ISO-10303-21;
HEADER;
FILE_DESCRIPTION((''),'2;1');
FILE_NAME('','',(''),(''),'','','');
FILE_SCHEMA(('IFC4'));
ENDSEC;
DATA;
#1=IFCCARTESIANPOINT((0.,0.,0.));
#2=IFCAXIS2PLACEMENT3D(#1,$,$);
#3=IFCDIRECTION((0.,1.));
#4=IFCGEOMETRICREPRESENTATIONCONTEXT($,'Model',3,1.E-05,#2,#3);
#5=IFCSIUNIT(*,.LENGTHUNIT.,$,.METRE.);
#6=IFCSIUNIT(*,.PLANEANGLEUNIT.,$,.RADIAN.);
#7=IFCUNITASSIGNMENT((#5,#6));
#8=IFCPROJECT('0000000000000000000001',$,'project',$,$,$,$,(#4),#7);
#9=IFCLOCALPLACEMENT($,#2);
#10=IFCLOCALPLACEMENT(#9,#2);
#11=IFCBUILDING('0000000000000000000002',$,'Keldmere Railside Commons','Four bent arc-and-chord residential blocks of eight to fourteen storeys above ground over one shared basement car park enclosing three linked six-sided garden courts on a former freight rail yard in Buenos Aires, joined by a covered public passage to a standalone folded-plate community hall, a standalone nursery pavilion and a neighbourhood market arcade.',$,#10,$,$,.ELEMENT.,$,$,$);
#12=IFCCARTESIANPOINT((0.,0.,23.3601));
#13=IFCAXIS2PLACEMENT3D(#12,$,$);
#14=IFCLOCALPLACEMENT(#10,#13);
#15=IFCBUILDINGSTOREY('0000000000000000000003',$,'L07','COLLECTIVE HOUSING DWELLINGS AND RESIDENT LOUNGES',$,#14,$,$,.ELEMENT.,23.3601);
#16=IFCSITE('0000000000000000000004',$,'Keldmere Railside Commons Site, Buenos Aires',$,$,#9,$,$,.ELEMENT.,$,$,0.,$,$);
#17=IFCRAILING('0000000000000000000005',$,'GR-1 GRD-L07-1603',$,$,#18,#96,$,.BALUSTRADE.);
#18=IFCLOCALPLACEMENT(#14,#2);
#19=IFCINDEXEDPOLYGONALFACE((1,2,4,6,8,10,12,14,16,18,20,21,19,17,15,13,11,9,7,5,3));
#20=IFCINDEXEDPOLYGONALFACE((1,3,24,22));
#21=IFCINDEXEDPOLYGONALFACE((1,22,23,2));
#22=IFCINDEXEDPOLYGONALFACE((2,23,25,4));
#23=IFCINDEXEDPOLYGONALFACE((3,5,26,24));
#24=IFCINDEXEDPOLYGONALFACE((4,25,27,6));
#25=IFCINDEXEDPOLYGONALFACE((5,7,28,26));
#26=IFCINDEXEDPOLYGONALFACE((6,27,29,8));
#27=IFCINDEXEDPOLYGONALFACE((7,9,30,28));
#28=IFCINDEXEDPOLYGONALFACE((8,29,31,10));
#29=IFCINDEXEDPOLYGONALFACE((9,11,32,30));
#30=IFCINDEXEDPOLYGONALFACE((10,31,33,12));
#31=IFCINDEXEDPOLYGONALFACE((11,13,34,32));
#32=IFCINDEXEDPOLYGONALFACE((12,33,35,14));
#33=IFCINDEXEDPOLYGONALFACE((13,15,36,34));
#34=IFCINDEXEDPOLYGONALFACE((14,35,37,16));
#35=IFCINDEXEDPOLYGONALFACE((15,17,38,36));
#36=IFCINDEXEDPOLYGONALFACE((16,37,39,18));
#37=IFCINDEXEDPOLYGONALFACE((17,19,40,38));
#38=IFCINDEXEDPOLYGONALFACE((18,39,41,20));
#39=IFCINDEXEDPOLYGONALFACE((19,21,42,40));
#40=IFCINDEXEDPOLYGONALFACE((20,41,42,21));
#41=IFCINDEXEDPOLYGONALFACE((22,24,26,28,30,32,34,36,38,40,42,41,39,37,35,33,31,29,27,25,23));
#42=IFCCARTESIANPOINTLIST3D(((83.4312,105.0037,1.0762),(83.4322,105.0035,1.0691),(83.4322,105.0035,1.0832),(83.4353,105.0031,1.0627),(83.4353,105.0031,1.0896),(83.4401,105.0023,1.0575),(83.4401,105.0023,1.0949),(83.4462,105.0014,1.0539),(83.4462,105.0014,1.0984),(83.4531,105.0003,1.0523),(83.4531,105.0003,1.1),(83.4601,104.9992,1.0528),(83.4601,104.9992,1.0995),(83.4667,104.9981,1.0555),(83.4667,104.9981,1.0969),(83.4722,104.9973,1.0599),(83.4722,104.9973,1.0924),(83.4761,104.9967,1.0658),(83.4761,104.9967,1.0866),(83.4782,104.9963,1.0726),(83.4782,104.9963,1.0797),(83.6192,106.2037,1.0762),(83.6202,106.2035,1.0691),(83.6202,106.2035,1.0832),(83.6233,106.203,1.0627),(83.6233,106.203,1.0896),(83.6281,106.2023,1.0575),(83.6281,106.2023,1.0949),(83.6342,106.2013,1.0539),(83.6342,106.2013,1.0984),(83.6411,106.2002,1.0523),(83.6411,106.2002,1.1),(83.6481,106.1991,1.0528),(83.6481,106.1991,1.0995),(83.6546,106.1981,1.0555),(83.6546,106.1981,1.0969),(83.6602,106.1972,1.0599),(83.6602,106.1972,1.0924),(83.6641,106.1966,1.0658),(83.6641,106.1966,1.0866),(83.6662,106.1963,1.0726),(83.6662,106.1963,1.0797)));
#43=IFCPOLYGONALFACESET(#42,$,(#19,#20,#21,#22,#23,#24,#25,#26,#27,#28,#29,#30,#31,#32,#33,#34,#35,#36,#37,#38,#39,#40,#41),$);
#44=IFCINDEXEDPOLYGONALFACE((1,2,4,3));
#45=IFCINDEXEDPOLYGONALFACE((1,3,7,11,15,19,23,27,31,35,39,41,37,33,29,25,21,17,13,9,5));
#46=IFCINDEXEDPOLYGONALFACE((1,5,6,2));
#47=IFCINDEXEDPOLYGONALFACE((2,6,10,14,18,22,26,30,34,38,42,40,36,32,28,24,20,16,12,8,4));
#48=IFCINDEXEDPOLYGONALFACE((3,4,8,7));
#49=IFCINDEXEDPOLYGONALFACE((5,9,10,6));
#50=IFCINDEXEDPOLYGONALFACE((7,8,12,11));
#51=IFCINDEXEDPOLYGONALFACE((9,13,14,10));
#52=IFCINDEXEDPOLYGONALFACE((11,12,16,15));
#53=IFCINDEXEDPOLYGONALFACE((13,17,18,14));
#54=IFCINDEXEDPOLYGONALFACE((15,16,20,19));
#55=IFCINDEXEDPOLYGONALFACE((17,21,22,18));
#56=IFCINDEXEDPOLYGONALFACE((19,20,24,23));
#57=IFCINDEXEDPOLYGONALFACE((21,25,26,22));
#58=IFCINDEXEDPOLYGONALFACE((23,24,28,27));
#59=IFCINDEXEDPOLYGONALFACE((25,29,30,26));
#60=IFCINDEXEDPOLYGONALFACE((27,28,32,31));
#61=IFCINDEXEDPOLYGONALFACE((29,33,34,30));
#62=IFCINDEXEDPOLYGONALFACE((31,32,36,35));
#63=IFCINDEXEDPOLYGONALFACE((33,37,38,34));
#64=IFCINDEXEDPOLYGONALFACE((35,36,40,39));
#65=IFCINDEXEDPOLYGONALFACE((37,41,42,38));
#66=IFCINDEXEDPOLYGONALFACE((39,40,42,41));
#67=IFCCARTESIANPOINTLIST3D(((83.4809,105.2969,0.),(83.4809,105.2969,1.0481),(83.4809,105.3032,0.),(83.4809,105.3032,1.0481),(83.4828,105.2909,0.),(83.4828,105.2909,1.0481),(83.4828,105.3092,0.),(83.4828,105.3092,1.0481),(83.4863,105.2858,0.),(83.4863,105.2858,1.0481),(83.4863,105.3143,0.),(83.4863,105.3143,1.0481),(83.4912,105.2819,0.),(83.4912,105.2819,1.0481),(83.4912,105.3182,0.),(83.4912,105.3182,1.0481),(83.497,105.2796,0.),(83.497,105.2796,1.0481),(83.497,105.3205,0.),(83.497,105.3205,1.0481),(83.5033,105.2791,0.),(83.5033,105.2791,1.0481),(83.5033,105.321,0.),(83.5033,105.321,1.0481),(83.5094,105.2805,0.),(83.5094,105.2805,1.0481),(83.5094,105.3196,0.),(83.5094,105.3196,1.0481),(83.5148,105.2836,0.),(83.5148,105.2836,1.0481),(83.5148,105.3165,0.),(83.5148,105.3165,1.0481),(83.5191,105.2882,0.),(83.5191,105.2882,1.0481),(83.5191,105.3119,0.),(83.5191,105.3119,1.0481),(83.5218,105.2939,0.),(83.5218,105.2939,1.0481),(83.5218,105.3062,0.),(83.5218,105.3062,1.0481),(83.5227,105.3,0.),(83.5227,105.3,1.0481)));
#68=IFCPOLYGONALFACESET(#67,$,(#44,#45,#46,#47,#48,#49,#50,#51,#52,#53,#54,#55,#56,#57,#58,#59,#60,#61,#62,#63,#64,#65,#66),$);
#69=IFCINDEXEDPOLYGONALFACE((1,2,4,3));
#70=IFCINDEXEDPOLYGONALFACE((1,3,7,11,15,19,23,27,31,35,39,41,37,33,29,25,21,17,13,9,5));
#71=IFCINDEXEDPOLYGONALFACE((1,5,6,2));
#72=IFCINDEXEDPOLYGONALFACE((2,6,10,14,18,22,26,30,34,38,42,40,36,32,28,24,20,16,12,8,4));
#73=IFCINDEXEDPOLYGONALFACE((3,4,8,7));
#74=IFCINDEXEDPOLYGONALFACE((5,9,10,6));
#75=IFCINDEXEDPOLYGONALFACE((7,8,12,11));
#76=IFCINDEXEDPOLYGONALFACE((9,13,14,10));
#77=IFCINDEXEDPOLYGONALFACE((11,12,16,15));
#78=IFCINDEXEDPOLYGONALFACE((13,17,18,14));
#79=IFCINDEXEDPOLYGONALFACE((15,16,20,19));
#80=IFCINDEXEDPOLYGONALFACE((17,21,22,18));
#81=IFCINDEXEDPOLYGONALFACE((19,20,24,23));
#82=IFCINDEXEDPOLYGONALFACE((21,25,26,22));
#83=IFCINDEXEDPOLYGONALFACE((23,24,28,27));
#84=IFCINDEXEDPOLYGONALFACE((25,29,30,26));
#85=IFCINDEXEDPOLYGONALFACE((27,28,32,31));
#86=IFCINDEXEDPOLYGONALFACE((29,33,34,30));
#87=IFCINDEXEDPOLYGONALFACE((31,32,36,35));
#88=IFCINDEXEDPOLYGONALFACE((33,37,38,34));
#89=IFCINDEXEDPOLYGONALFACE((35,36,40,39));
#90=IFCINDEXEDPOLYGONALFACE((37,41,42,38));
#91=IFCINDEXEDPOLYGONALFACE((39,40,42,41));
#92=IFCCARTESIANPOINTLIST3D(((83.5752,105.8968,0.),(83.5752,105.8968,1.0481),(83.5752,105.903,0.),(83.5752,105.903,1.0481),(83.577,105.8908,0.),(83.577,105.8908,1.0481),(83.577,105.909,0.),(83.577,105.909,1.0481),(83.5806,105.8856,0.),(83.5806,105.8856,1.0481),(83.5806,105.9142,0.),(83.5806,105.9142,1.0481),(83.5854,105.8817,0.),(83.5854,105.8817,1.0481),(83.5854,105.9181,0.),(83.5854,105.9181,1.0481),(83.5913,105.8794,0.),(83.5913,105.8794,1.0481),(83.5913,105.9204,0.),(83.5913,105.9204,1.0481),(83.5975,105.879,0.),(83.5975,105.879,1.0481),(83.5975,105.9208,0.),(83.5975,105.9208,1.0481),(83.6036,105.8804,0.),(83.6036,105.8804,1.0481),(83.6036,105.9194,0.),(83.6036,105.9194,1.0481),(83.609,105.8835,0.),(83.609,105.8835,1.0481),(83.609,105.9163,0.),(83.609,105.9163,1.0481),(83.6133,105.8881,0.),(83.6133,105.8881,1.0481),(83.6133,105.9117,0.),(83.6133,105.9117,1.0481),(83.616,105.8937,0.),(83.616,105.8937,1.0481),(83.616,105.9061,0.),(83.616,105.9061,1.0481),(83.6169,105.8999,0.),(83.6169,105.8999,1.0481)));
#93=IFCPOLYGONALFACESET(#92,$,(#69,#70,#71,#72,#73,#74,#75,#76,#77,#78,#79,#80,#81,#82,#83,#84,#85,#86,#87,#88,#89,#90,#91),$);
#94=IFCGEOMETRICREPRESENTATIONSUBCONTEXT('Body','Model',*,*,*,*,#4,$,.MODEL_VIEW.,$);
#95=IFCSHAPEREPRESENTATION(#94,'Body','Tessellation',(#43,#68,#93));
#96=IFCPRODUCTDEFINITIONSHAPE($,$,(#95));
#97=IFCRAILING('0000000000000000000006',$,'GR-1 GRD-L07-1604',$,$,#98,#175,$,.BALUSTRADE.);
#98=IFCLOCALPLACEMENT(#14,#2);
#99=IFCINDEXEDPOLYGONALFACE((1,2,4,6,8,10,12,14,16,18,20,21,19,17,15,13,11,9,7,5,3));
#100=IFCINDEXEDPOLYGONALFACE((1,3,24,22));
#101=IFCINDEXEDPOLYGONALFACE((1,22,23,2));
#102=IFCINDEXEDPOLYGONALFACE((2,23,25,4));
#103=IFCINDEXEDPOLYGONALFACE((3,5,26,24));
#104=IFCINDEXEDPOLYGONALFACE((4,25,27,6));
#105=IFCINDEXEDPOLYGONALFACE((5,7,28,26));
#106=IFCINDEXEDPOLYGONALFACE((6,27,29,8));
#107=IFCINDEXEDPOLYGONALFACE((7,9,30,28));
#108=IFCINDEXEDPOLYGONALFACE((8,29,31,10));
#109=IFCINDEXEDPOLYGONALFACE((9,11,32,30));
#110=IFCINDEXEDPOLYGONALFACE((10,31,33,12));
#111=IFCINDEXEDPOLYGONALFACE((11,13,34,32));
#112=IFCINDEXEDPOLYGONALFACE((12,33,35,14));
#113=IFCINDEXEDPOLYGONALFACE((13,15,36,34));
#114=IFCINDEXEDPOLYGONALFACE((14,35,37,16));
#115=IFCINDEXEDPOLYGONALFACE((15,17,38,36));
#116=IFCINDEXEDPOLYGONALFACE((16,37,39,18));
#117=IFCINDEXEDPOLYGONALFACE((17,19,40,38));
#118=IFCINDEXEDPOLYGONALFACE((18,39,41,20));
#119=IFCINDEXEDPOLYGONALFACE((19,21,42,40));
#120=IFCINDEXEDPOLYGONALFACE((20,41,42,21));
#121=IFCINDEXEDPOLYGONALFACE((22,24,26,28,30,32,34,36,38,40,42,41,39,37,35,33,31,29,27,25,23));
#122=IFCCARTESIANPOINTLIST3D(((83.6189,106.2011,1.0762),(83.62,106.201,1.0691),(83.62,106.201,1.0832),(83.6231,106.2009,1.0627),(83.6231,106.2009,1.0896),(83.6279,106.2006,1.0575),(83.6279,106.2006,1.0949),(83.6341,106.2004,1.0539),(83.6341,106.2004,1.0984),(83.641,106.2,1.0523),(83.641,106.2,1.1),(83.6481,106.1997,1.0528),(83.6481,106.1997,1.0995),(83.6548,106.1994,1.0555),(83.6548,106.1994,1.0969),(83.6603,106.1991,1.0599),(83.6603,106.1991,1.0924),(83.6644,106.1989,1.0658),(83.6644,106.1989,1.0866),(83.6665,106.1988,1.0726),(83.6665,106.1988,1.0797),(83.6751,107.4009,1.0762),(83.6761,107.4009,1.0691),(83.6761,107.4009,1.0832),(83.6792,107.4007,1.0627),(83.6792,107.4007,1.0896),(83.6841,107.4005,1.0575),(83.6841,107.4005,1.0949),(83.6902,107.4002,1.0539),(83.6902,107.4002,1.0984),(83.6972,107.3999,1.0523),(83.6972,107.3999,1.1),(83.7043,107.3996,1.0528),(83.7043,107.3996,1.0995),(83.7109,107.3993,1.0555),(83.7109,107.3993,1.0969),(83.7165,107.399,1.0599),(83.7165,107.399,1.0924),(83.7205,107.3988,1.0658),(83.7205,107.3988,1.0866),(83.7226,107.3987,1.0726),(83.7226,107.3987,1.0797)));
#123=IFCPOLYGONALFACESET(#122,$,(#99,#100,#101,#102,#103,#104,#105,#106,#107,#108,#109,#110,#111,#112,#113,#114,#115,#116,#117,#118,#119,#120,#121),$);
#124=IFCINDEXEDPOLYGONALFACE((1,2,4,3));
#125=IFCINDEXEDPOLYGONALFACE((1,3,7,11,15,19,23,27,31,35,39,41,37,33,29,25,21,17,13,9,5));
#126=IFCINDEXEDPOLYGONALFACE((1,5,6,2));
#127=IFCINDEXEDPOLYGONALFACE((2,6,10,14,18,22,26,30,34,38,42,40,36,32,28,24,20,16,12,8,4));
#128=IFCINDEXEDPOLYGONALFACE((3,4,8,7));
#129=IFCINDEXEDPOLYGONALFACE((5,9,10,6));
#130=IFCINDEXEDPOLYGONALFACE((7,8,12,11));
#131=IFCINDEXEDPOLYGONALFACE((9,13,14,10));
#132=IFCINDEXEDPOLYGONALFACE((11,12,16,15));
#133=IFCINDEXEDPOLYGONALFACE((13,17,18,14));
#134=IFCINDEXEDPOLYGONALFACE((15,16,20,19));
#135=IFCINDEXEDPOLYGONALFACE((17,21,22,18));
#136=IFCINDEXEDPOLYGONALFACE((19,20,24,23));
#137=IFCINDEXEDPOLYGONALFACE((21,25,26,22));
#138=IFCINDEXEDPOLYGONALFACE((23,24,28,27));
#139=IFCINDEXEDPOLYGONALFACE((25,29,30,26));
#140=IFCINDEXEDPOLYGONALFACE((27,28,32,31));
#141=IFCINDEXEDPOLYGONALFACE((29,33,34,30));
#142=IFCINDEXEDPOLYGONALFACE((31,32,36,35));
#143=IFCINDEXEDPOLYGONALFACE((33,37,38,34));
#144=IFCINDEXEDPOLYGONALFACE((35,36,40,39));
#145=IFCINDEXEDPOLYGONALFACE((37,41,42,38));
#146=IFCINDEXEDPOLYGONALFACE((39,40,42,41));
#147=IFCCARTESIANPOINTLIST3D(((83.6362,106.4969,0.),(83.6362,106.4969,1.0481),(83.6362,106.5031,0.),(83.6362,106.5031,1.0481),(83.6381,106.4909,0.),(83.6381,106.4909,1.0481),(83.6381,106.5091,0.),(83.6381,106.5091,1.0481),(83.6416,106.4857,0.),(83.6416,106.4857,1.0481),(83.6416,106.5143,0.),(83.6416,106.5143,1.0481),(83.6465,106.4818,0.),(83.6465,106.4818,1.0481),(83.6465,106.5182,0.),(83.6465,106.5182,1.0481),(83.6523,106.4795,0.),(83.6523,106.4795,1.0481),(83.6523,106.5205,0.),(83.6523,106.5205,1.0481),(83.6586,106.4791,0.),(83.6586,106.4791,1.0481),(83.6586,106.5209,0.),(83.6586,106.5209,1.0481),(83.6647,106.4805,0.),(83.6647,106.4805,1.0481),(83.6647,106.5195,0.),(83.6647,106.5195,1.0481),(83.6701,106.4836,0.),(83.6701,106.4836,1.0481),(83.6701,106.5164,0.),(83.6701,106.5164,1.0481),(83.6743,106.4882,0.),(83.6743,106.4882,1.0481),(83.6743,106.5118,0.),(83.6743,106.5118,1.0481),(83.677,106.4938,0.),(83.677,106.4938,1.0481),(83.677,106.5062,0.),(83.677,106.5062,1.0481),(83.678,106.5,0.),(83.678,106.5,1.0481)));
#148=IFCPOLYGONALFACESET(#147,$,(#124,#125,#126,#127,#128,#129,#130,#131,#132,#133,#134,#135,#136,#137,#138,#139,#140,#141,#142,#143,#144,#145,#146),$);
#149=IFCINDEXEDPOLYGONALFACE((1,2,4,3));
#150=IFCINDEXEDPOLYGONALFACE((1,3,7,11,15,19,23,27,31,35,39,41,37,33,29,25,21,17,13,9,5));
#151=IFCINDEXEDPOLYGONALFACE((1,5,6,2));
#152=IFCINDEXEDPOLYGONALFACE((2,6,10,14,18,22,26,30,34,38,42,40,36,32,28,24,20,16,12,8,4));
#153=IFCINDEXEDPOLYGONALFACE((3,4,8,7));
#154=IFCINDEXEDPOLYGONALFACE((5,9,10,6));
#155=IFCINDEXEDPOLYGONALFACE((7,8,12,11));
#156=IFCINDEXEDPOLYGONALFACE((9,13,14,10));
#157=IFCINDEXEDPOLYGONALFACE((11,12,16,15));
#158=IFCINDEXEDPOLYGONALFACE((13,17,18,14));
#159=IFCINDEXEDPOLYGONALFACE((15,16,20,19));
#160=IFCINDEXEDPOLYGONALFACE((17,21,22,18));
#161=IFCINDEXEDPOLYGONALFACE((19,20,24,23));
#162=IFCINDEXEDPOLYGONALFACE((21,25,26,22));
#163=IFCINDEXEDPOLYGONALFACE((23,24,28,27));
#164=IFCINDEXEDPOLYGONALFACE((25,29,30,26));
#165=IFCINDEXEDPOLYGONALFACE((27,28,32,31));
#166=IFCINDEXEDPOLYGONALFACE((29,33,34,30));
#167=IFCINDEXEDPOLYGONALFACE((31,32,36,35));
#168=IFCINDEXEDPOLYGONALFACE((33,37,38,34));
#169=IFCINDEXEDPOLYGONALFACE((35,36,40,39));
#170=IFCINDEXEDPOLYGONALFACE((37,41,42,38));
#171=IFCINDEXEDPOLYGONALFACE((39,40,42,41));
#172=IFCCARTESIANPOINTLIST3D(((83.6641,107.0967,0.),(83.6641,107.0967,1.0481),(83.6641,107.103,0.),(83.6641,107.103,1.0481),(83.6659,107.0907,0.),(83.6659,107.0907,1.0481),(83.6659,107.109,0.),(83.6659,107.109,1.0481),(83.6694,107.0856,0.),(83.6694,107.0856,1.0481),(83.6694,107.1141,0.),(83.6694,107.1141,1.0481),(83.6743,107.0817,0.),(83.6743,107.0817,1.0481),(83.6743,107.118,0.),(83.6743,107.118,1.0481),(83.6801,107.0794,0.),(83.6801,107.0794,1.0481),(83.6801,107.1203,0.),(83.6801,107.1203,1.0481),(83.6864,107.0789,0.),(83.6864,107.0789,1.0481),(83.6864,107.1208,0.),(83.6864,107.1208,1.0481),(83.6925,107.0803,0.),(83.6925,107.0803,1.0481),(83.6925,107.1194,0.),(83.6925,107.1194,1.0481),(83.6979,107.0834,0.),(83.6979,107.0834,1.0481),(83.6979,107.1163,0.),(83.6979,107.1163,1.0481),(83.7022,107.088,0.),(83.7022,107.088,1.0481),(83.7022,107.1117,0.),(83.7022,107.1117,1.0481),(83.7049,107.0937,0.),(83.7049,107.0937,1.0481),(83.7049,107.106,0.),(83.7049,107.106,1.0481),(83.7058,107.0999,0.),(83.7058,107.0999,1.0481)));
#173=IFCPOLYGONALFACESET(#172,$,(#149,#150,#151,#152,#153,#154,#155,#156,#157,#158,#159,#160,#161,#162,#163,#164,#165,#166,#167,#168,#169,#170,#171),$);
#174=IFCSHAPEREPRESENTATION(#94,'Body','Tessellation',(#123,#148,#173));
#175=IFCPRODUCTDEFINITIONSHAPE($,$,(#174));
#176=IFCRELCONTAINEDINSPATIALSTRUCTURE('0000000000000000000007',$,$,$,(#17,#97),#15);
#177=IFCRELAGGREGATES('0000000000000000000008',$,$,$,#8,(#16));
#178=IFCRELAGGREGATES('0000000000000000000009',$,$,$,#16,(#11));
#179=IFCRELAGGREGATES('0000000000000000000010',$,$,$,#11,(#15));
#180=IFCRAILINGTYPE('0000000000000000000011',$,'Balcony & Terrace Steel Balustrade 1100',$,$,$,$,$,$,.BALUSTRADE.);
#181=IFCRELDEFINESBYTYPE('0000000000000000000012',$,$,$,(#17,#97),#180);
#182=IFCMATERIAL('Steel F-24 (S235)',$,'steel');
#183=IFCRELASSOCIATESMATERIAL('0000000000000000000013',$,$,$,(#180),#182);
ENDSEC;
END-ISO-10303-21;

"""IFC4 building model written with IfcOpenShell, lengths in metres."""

from ifc_helpers import new_model, si_unit, direction, frame, origin, origin_2d, place, context, subcontext, project, spatial, circle, extrude, material, type_object, element, save


model = new_model("IFC4")

# Units and contexts
model_context = context("Model", 3, precision=1e-05, world=origin(), true_north=direction((0.0, 1.0)))
body_context = subcontext(model_context, "Body", "Model", "MODEL_VIEW")
ifc_project = project(units=[si_unit("LENGTHUNIT", "METRE"), si_unit("PLANEANGLEUNIT", "RADIAN")], contexts=[model_context])

# Site, building, storey
site_placement = place(None, origin())
site = spatial("IfcSite", under=ifc_project, at=site_placement, Name="Keldmere Railside Commons Site, Buenos Aires", CompositionType="ELEMENT", RefElevation=0.0)
building_placement = place(site_placement, origin())
building = spatial("IfcBuilding", under=site, at=building_placement, Name="Keldmere Railside Commons", Description="Four bent arc-and-chord residential blocks of eight to fourteen storeys above ground over one shared basement car park enclosing three linked six-sided garden courts on a former freight rail yard in Buenos Aires, joined by a covered public passage to a standalone folded-plate community hall, a standalone nursery pavilion and a neighbourhood market arcade.", CompositionType="ELEMENT")
storey_placement = place(building_placement, frame((0.0, 0.0, 23.3601)))
storey = spatial("IfcBuildingStorey", under=building, at=storey_placement, Name="L07", Description="COLLECTIVE HOUSING DWELLINGS AND RESIDENT LOUNGES", CompositionType="ELEMENT", Elevation=23.3601)

# Railings
ifc_material_1 = material(Name="Steel F-24 (S235)", Category="steel")
railing_type = type_object("IfcRailingType", Name="Balcony & Terrace Steel Balustrade 1100", PredefinedType="BALUSTRADE", material=ifc_material_1)
railing_1_placement = place(storey_placement, frame((83.4548, 105.0, 0.0)))
element("IfcRailing", 1, at=railing_1_placement, inside=storey, type_object=railing_type, Name="GR-1 GRD-L07-1603", PredefinedType="BALUSTRADE", context=body_context, shape_type="SweptSolid", body=[
    extrude(circle(Radius=0.0239, at=origin_2d()), frame((0.0, 0.0, 1.0762), z_axis=(0.154775, 0.98795, 0.0), x_axis=(-0.98795, 0.154775, 0.0)), (0.0, 0.0, 1.0), 1.2146),
    extrude(circle(Radius=0.021, at=origin_2d()), frame((0.0469, 0.3, 0.0)), (0.0, 0.0, 1.0), 1.0481),
    extrude(circle(Radius=0.021, at=origin_2d()), frame((0.1411, 0.8999, 0.0)), (0.0, 0.0, 1.0), 1.0481),
])
railing_2_placement = place(storey_placement, frame((83.6428, 106.2, 0.0)))
element("IfcRailing", 2, at=railing_2_placement, inside=storey, type_object=railing_type, Name="GR-1 GRD-L07-1604", PredefinedType="BALUSTRADE", context=body_context, shape_type="SweptSolid", body=[
    extrude(circle(Radius=0.0239, at=origin_2d()), frame((0.0, 0.0, 1.0762), z_axis=(0.046744, 0.998907, 0.0), x_axis=(-0.998907, 0.046744, 0.0)), (0.0, 0.0, 1.0), 1.2012),
    extrude(circle(Radius=0.021, at=origin_2d()), frame((0.0142, 0.3, 0.0)), (0.0, 0.0, 1.0), 1.0481),
    extrude(circle(Radius=0.021, at=origin_2d()), frame((0.042, 0.8999, 0.0)), (0.0, 0.0, 1.0), 1.0481),
])

save(model, "model.ifc")
